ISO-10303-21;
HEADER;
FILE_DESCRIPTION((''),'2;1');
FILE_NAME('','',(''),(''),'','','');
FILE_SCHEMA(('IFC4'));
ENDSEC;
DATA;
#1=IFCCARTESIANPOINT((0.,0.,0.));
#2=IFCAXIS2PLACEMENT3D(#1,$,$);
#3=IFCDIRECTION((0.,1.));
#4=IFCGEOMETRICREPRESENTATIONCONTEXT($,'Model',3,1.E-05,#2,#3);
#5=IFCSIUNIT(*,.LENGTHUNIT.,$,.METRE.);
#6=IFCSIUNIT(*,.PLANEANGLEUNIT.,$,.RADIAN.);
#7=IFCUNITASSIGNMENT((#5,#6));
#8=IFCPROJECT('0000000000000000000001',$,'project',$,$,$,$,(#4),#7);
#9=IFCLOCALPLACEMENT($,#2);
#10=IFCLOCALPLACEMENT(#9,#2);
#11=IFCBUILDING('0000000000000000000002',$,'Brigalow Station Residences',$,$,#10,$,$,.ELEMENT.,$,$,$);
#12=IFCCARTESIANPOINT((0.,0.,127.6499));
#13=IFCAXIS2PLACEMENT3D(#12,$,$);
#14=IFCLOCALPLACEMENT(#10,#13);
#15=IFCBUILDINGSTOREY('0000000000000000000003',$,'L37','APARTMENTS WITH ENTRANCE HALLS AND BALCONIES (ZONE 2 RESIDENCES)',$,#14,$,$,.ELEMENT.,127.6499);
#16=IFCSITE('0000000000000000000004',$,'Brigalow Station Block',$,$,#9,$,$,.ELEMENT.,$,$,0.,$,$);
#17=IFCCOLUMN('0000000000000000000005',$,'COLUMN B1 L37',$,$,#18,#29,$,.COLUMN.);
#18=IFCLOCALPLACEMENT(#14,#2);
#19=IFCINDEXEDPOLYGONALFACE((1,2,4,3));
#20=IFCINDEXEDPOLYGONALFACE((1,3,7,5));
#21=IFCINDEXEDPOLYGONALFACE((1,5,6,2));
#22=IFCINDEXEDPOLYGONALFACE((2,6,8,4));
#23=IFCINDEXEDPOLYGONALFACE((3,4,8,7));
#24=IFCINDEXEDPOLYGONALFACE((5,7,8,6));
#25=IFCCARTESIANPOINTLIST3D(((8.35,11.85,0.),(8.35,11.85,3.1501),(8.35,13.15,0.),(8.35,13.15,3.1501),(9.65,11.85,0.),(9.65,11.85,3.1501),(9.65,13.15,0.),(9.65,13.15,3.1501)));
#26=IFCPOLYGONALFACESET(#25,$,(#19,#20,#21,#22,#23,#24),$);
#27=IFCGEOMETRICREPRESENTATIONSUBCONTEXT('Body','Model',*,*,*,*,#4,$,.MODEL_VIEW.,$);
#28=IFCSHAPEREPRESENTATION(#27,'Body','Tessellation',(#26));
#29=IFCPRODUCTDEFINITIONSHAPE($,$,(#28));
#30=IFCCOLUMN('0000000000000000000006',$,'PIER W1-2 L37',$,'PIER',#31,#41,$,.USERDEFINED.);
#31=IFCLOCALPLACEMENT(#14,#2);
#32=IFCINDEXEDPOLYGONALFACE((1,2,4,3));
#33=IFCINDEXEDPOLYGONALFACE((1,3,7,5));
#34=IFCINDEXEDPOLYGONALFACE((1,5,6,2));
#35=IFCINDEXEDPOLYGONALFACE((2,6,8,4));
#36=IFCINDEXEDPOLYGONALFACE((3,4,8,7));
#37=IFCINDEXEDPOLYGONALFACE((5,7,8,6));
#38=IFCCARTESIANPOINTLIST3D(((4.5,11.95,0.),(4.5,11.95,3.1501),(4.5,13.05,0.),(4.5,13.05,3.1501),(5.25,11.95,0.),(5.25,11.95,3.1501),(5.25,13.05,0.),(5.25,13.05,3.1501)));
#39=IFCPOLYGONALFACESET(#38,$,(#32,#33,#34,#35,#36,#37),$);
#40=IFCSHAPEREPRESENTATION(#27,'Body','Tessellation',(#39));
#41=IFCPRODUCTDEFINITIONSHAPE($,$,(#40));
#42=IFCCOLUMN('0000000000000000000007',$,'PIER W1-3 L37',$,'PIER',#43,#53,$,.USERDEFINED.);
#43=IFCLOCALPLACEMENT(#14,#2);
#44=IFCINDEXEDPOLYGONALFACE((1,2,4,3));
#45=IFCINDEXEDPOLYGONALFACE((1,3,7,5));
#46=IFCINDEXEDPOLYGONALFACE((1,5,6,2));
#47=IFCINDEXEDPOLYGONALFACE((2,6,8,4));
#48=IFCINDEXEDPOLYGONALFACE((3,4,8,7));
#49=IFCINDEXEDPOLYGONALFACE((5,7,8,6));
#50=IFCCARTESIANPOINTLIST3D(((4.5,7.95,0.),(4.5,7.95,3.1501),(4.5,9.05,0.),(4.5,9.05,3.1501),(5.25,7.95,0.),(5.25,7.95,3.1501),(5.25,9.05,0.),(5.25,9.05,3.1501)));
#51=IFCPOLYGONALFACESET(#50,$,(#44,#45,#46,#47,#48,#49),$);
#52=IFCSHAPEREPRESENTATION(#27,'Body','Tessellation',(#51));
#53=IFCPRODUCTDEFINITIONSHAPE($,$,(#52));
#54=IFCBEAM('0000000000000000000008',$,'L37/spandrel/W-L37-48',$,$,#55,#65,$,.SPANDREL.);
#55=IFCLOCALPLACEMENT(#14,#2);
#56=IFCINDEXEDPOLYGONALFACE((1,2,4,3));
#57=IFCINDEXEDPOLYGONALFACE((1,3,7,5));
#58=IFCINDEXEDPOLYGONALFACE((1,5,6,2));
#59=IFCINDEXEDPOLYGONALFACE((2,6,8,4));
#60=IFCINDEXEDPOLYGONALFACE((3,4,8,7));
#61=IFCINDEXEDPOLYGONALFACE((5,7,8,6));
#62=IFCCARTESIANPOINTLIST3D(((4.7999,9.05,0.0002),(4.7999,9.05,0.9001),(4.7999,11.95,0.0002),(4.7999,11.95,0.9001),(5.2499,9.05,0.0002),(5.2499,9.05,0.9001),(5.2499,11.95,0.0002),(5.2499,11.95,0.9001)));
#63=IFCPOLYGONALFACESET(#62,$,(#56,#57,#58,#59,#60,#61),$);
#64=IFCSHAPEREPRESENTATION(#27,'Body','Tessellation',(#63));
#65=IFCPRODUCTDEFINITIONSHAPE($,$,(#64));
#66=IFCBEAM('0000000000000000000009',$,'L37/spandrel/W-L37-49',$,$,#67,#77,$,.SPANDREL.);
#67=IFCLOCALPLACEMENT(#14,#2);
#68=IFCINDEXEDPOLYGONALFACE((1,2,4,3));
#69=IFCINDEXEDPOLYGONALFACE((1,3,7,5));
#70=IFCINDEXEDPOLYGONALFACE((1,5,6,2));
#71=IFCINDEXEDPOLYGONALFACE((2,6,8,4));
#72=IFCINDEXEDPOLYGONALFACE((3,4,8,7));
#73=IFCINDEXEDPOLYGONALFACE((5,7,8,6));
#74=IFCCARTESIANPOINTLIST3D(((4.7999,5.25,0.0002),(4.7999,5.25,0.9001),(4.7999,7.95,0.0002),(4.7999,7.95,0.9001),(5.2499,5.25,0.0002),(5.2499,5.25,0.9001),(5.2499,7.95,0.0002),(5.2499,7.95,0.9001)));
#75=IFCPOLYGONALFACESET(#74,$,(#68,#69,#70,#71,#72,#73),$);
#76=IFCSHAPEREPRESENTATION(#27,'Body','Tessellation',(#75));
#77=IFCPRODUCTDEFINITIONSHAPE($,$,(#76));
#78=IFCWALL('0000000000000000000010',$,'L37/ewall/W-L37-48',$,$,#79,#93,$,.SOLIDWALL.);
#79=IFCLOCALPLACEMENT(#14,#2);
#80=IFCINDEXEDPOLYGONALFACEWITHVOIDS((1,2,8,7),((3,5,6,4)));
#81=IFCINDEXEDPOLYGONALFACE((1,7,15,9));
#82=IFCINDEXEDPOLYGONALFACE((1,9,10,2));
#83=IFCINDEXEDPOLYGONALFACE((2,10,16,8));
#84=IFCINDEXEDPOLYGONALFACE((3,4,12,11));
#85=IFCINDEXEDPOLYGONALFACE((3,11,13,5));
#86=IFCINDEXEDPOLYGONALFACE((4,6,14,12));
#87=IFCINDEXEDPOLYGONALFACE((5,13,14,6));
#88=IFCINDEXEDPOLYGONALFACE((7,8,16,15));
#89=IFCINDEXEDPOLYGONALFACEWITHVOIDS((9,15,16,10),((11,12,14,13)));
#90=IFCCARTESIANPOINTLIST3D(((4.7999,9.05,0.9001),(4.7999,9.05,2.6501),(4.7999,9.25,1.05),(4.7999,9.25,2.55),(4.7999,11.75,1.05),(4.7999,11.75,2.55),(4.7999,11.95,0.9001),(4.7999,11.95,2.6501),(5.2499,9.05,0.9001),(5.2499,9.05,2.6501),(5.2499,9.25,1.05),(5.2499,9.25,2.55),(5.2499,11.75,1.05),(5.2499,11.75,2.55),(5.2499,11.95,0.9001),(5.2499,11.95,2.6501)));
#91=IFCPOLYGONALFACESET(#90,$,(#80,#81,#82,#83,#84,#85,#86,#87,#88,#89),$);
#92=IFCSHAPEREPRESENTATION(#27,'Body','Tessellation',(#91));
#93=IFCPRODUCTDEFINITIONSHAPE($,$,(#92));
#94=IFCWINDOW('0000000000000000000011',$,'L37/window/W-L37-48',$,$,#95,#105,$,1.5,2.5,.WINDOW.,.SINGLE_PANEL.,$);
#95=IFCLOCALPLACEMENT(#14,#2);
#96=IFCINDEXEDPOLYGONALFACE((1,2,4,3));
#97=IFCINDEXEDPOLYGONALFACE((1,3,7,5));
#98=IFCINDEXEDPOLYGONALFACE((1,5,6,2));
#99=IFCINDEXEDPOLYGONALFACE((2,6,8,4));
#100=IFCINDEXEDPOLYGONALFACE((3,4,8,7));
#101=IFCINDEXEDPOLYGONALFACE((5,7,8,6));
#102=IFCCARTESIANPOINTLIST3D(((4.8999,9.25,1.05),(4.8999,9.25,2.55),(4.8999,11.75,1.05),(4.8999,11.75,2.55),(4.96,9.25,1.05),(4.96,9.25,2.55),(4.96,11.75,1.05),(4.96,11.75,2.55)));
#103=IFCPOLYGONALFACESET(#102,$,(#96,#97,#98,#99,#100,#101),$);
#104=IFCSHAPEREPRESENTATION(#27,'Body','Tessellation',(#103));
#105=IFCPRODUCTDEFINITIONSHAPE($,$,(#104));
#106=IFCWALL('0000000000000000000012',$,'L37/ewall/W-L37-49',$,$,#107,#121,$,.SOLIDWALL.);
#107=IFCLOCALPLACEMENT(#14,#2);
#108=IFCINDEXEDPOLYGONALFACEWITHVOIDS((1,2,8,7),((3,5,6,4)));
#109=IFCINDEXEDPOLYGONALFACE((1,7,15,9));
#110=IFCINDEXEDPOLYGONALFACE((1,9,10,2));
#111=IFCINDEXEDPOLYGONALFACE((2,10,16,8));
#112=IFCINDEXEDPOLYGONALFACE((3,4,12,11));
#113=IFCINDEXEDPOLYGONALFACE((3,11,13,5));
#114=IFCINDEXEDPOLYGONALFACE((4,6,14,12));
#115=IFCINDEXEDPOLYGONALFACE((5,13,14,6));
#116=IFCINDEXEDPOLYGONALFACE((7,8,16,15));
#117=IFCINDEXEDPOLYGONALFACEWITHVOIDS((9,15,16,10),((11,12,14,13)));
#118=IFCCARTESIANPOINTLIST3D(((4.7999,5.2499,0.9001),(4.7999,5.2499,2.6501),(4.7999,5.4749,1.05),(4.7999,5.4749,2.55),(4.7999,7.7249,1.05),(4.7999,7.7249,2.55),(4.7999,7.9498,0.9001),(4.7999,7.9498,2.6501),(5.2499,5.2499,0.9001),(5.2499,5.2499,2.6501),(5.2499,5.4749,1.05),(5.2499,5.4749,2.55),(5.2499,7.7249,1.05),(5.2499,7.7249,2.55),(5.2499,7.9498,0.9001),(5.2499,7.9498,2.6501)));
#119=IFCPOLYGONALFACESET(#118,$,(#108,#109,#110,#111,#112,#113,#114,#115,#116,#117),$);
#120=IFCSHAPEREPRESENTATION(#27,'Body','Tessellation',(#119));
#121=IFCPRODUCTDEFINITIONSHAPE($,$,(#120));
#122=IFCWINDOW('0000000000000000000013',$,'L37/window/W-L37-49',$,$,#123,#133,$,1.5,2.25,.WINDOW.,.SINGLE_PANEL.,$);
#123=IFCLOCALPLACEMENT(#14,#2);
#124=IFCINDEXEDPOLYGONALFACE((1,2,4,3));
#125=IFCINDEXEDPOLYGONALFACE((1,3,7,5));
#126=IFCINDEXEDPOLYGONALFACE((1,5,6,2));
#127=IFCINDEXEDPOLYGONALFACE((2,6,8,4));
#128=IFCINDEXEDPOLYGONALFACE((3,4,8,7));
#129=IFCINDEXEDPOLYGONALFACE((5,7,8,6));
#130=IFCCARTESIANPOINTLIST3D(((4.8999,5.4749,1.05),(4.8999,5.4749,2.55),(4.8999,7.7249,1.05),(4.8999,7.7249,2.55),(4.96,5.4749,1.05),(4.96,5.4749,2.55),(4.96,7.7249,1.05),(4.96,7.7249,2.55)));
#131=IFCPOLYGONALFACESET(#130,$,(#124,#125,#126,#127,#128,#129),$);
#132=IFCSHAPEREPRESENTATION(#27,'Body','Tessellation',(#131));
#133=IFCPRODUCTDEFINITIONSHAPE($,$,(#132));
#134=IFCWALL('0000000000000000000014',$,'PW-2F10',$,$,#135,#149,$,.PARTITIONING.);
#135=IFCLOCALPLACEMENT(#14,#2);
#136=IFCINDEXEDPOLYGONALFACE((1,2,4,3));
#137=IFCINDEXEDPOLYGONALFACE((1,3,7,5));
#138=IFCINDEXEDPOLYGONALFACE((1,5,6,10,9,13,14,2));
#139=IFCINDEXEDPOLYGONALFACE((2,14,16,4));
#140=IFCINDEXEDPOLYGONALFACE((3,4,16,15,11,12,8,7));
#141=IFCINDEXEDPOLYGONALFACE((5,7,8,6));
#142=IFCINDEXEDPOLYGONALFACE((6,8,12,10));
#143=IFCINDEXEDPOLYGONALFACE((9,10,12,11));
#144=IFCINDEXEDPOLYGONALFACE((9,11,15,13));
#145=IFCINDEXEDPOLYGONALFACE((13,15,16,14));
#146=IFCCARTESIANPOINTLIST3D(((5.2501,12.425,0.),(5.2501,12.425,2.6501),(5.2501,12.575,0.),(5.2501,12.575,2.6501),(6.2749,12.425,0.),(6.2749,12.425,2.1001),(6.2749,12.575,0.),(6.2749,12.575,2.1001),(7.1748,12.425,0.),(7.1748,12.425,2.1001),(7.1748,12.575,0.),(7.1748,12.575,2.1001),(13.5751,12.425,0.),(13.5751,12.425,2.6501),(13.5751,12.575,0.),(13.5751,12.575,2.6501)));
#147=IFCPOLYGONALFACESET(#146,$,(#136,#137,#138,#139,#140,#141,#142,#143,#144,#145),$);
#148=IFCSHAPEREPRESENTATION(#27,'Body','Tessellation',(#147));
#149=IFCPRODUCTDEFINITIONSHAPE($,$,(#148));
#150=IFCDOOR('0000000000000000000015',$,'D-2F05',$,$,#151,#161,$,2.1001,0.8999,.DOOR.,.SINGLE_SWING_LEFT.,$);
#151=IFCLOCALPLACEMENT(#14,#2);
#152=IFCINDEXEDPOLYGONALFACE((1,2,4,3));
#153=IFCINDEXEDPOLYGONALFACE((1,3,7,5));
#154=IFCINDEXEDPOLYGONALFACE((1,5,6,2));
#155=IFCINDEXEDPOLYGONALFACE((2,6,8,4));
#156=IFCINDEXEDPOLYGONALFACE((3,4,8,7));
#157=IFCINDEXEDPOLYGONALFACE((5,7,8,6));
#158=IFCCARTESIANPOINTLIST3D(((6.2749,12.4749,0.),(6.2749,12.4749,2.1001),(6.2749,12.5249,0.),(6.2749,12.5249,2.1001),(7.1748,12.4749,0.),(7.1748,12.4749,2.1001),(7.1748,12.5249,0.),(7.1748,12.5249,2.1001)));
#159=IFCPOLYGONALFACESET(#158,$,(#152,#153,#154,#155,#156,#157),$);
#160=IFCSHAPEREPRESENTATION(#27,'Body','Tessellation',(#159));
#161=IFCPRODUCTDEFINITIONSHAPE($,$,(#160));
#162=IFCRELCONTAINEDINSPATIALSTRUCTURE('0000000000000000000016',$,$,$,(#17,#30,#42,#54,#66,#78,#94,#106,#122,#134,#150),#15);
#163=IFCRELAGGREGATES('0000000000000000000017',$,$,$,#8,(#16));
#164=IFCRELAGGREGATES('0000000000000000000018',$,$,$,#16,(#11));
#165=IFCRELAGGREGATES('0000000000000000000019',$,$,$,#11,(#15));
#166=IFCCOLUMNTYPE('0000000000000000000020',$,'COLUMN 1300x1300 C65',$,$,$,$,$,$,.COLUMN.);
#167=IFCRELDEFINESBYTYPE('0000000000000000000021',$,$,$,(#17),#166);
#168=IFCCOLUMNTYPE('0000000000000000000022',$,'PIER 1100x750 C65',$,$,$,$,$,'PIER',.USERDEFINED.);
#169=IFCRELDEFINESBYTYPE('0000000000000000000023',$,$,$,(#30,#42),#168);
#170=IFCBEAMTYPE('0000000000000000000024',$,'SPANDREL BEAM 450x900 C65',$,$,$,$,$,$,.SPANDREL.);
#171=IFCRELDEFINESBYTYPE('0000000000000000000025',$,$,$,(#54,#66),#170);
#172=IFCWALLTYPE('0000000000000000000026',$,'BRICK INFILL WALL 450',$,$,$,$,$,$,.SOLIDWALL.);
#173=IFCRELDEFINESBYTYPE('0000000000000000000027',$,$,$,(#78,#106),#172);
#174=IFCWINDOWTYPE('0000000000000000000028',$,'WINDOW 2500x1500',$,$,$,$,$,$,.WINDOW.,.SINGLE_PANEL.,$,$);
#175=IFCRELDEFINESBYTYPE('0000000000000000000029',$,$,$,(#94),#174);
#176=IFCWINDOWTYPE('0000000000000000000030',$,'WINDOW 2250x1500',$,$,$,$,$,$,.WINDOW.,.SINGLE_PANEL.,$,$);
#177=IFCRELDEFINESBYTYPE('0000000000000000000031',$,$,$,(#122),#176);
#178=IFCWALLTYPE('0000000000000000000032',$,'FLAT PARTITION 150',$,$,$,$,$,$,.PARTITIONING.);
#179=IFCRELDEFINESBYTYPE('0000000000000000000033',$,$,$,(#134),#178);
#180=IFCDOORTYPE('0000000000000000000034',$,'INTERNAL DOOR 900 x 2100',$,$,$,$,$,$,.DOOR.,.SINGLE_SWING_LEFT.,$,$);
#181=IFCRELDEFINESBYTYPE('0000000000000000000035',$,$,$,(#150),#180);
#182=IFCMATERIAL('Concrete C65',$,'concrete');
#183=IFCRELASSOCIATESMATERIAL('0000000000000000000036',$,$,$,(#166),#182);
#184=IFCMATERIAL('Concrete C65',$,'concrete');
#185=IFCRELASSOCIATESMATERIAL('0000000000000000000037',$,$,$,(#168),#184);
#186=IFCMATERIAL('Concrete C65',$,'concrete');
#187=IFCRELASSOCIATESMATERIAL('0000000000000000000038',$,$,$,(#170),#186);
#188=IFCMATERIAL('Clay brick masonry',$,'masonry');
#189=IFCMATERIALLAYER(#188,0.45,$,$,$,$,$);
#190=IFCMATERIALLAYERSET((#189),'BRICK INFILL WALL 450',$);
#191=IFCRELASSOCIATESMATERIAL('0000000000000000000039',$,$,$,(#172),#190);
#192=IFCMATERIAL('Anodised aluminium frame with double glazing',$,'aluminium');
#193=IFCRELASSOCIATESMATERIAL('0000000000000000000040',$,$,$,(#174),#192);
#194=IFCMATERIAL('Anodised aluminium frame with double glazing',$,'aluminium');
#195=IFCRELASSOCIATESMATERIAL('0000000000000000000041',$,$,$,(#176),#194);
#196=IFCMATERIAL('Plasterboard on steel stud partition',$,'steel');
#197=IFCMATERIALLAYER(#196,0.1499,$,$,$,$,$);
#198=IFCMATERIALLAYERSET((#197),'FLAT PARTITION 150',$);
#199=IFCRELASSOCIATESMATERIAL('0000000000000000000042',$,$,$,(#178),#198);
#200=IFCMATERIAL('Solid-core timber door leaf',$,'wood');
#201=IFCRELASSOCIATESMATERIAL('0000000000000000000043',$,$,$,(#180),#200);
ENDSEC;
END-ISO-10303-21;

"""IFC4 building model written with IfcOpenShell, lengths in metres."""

from ifc_helpers import new_model, si_unit, direction, frame, frame_2d, origin, origin_2d, place, context, subcontext, project, spatial, rectangle, extrude, material, layer, layer_set, material_profile, profile_set, type_object, element, fill, save


model = new_model("IFC4")

# Units and contexts
model_context = context("Model", 3, precision=1e-05, world=origin(), true_north=direction((0.0, 1.0)))
body_context = subcontext(model_context, "Body", "Model", "MODEL_VIEW")
ifc_project = project(units=[si_unit("LENGTHUNIT", "METRE"), si_unit("PLANEANGLEUNIT", "RADIAN")], contexts=[model_context])

# Site, building, storey
site_placement = place(None, origin())
site = spatial("IfcSite", under=ifc_project, at=site_placement, Name="Brigalow Station Block", CompositionType="ELEMENT", RefElevation=0.0)
building_placement = place(site_placement, origin())
building = spatial("IfcBuilding", under=site, at=building_placement, Name="Brigalow Station Residences", CompositionType="ELEMENT")
storey_placement = place(building_placement, frame((0.0, 0.0, 127.6499)))
storey = spatial("IfcBuildingStorey", under=building, at=storey_placement, Name="L37", Description="APARTMENTS WITH ENTRANCE HALLS AND BALCONIES (ZONE 2 RESIDENCES)", CompositionType="ELEMENT", Elevation=127.6499)

# Columns
ifc_material_1 = material(Name="Concrete C65", Category="concrete")
ifc_material_profile_1 = material_profile(ifc_material_1, rectangle(XDim=1.3, YDim=1.3, at=origin_2d()), Name="RC1300x1300")
ifc_profile_set_1 = profile_set([ifc_material_profile_1], Name="Concrete C65")
column_type_1 = type_object("IfcColumnType", Name="COLUMN 1300x1300 C65", PredefinedType="COLUMN", material=ifc_profile_set_1)
column_placement = place(storey_placement, frame((9.0, 12.5, 0.0), z_axis=(0.0, 0.0, 1.0), x_axis=(1.0, 0.0, 0.0)))
element("IfcColumn", 1, at=column_placement, inside=storey, type_object=column_type_1, Name="COLUMN B1 L37", PredefinedType="COLUMN", context=body_context, shape_type="SweptSolid", body=[
    extrude(rectangle(XDim=1.3, YDim=1.3, at=origin_2d()), origin(), (0.0, 0.0, 1.0), 3.1501),
])
ifc_material_2 = material(Name="Concrete C65", Category="concrete")
ifc_material_profile_2 = material_profile(ifc_material_2, rectangle(XDim=1.1001, YDim=0.75, at=origin_2d()), Name="RC1100x750")
ifc_profile_set_2 = profile_set([ifc_material_profile_2], Name="Concrete C65")
column_type_2 = type_object("IfcColumnType", Name="PIER 1100x750 C65", ElementType="PIER", PredefinedType="USERDEFINED", material=ifc_profile_set_2)
for number, where, z_axis, x_axis, name in (
    (2, (4.875, 12.5, 0.0), (0.0, 0.0, 1.0), (0.0, -1.0, 0.0), "PIER W1-2 L37"),
    (3, (4.875, 8.5, 0.0), (0.0, 0.0, 1.0), (0.0, -1.0, 0.0), "PIER W1-3 L37"),
):
    element("IfcColumn", number, at=place(storey_placement, frame(where, z_axis=z_axis, x_axis=x_axis)), inside=storey, type_object=column_type_2, Name=name, ObjectType="PIER", PredefinedType="USERDEFINED", context=body_context, shape_type="SweptSolid", body=[
        extrude(rectangle(XDim=1.1001, YDim=0.75, at=origin_2d()), origin(), (0.0, 0.0, 1.0), 3.1501),
    ])

# Beams
ifc_material_3 = material(Name="Concrete C65", Category="concrete")
ifc_material_profile_3 = material_profile(ifc_material_3, rectangle(XDim=0.45, YDim=0.8999, at=origin_2d()), Name="RC450x900")
ifc_profile_set_3 = profile_set([ifc_material_profile_3], Name="Concrete C65")
beam_type = type_object("IfcBeamType", Name="SPANDREL BEAM 450x900 C65", PredefinedType="SPANDREL", material=ifc_profile_set_3)
beam_1_placement = place(storey_placement, frame((5.0249, 11.95, 0.4502), z_axis=(0.0, -1.0, 0.0), x_axis=(1.0, 0.0, 0.0)))
element("IfcBeam", 4, at=beam_1_placement, inside=storey, type_object=beam_type, Name="L37/spandrel/W-L37-48", PredefinedType="SPANDREL", context=body_context, shape_type="SweptSolid", body=[
    extrude(rectangle(XDim=0.45, YDim=0.8999, at=origin_2d()), origin(), (0.0, 0.0, 1.0), 2.8999),
])
beam_2_placement = place(storey_placement, frame((5.0249, 7.95, 0.4502), z_axis=(0.0, -1.0, 0.0), x_axis=(1.0, 0.0, 0.0)))
element("IfcBeam", 5, at=beam_2_placement, inside=storey, type_object=beam_type, Name="L37/spandrel/W-L37-49", PredefinedType="SPANDREL", context=body_context, shape_type="SweptSolid", body=[
    extrude(rectangle(XDim=0.45, YDim=0.8999, at=origin_2d()), origin(), (0.0, 0.0, 1.0), 2.7),
])

# Walls, openings, windows
ifc_material_4 = material(Name="Clay brick masonry", Category="masonry")
ifc_layer_1 = layer(ifc_material_4, 0.45)
ifc_layer_set_1 = layer_set([ifc_layer_1], Name="BRICK INFILL WALL 450")
wall_type_1 = type_object("IfcWallType", Name="BRICK INFILL WALL 450", PredefinedType="SOLIDWALL", material=ifc_layer_set_1)
wall_1_placement = place(storey_placement, frame((5.0249, 11.95, 0.9001), z_axis=(0.0, 0.0, 1.0), x_axis=(0.0, -1.0, 0.0)))
wall_1 = element("IfcWall", 6, at=wall_1_placement, inside=storey, type_object=wall_type_1, Name="L37/ewall/W-L37-48", PredefinedType="SOLIDWALL", context=body_context, shape_type="SweptSolid", body=[
    extrude(rectangle(XDim=2.8999, YDim=0.45, at=frame_2d((1.45, 0.0))), origin(), (0.0, 0.0, 1.0), 1.75),
])
opening_1_placement = place(wall_1_placement, frame((0.2, 0.0, 0.1499)))
opening_1 = element("IfcOpeningElement", 7, at=opening_1_placement, cuts=wall_1, PredefinedType="OPENING", context=body_context, shape_type="SweptSolid", body=[
    extrude(rectangle(XDim=2.5, YDim=1.5, at=frame_2d((1.25, 0.75))), frame((0.0, 0.2349, 0.0), z_axis=(0.0, -1.0, 0.0), x_axis=(1.0, 0.0, 0.0)), (0.0, 0.0, 1.0), 0.47),
])
ifc_material_5 = material(Name="Anodised aluminium frame with double glazing", Category="aluminium")
window_type_1 = type_object("IfcWindowType", Name="WINDOW 2500x1500", PartitioningType="SINGLE_PANEL", PredefinedType="WINDOW", material=ifc_material_5)
window_1_placement = place(opening_1_placement, origin())
window_1 = element("IfcWindow", 8, at=window_1_placement, inside=storey, type_object=window_type_1, Name="L37/window/W-L37-48", OverallHeight=1.5, OverallWidth=2.5, PartitioningType="SINGLE_PANEL", PredefinedType="WINDOW", context=body_context, shape_type="SweptSolid", body=[
    extrude(rectangle(XDim=2.5, YDim=1.5, at=frame_2d((1.25, 0.75))), frame((0.0, -0.0649, 0.0), z_axis=(0.0, -1.0, 0.0), x_axis=(1.0, 0.0, 0.0)), (0.0, 0.0, 1.0), 0.0601),
])
fill(opening_1, window_1)
wall_2_placement = place(storey_placement, frame((5.0249, 7.95, 0.9001), z_axis=(0.0, 0.0, 1.0), x_axis=(0.0, -1.0, 0.0)))
wall_2 = element("IfcWall", 9, at=wall_2_placement, inside=storey, type_object=wall_type_1, Name="L37/ewall/W-L37-49", PredefinedType="SOLIDWALL", context=body_context, shape_type="SweptSolid", body=[
    extrude(rectangle(XDim=2.7, YDim=0.45, at=frame_2d((1.3501, 0.0))), origin(), (0.0, 0.0, 1.0), 1.75),
])
opening_2_placement = place(wall_2_placement, frame((0.2251, 0.0, 0.1499)))
opening_2 = element("IfcOpeningElement", 10, at=opening_2_placement, cuts=wall_2, PredefinedType="OPENING", context=body_context, shape_type="SweptSolid", body=[
    extrude(rectangle(XDim=2.25, YDim=1.5, at=frame_2d((1.125, 0.75))), frame((0.0, 0.2349, 0.0), z_axis=(0.0, -1.0, 0.0), x_axis=(1.0, 0.0, 0.0)), (0.0, 0.0, 1.0), 0.47),
])
ifc_material_6 = material(Name="Anodised aluminium frame with double glazing", Category="aluminium")
window_type_2 = type_object("IfcWindowType", Name="WINDOW 2250x1500", PartitioningType="SINGLE_PANEL", PredefinedType="WINDOW", material=ifc_material_6)
window_2_placement = place(opening_2_placement, origin())
window_2 = element("IfcWindow", 11, at=window_2_placement, inside=storey, type_object=window_type_2, Name="L37/window/W-L37-49", OverallHeight=1.5, OverallWidth=2.25, PartitioningType="SINGLE_PANEL", PredefinedType="WINDOW", context=body_context, shape_type="SweptSolid", body=[
    extrude(rectangle(XDim=2.25, YDim=1.5, at=frame_2d((1.125, 0.75))), frame((0.0, -0.0649, 0.0), z_axis=(0.0, -1.0, 0.0), x_axis=(1.0, 0.0, 0.0)), (0.0, 0.0, 1.0), 0.0601),
])
fill(opening_2, window_2)

# Wall, opening, door
ifc_material_7 = material(Name="Plasterboard on steel stud partition", Category="steel")
ifc_layer_2 = layer(ifc_material_7, 0.1499)
ifc_layer_set_2 = layer_set([ifc_layer_2], Name="FLAT PARTITION 150")
wall_type_2 = type_object("IfcWallType", Name="FLAT PARTITION 150", PredefinedType="PARTITIONING", material=ifc_layer_set_2)
wall_3_placement = place(storey_placement, frame((5.25, 12.5, 0.0), z_axis=(0.0, 0.0, 1.0), x_axis=(1.0, 0.0, 0.0)))
wall_3 = element("IfcWall", 12, at=wall_3_placement, inside=storey, type_object=wall_type_2, Name="PW-2F10", PredefinedType="PARTITIONING", context=body_context, shape_type="SweptSolid", body=[
    extrude(rectangle(XDim=8.325, YDim=0.1499, at=frame_2d((4.1626, 0.0))), origin(), (0.0, 0.0, 1.0), 2.6501),
])
opening_3_placement = place(wall_3_placement, frame((1.0249, 0.0, 0.0)))
opening_3 = element("IfcOpeningElement", 13, at=opening_3_placement, cuts=wall_3, PredefinedType="OPENING", context=body_context, shape_type="SweptSolid", body=[
    extrude(rectangle(XDim=0.8999, YDim=2.1001, at=frame_2d((0.45, 1.05))), frame((0.0, 0.085, 0.0), z_axis=(0.0, -1.0, 0.0), x_axis=(1.0, 0.0, 0.0)), (0.0, 0.0, 1.0), 0.1699),
])
ifc_material_8 = material(Name="Solid-core timber door leaf", Category="wood")
door_type = type_object("IfcDoorType", Name="INTERNAL DOOR 900 x 2100", OperationType="SINGLE_SWING_LEFT", PredefinedType="DOOR", material=ifc_material_8)
door_1_placement = place(opening_3_placement, origin())
door_1 = element("IfcDoor", 14, at=door_1_placement, inside=storey, type_object=door_type, Name="D-2F05", OperationType="SINGLE_SWING_LEFT", OverallHeight=2.1001, OverallWidth=0.8999, PredefinedType="DOOR", context=body_context, shape_type="SweptSolid", body=[
    extrude(rectangle(XDim=0.8999, YDim=2.1001, at=frame_2d((0.45, 1.05))), frame((0.0, 0.0249, 0.0), z_axis=(0.0, -1.0, 0.0), x_axis=(1.0, 0.0, 0.0)), (0.0, 0.0, 1.0), 0.05),
])
fill(opening_3, door_1)

save(model, "model.ifc")
